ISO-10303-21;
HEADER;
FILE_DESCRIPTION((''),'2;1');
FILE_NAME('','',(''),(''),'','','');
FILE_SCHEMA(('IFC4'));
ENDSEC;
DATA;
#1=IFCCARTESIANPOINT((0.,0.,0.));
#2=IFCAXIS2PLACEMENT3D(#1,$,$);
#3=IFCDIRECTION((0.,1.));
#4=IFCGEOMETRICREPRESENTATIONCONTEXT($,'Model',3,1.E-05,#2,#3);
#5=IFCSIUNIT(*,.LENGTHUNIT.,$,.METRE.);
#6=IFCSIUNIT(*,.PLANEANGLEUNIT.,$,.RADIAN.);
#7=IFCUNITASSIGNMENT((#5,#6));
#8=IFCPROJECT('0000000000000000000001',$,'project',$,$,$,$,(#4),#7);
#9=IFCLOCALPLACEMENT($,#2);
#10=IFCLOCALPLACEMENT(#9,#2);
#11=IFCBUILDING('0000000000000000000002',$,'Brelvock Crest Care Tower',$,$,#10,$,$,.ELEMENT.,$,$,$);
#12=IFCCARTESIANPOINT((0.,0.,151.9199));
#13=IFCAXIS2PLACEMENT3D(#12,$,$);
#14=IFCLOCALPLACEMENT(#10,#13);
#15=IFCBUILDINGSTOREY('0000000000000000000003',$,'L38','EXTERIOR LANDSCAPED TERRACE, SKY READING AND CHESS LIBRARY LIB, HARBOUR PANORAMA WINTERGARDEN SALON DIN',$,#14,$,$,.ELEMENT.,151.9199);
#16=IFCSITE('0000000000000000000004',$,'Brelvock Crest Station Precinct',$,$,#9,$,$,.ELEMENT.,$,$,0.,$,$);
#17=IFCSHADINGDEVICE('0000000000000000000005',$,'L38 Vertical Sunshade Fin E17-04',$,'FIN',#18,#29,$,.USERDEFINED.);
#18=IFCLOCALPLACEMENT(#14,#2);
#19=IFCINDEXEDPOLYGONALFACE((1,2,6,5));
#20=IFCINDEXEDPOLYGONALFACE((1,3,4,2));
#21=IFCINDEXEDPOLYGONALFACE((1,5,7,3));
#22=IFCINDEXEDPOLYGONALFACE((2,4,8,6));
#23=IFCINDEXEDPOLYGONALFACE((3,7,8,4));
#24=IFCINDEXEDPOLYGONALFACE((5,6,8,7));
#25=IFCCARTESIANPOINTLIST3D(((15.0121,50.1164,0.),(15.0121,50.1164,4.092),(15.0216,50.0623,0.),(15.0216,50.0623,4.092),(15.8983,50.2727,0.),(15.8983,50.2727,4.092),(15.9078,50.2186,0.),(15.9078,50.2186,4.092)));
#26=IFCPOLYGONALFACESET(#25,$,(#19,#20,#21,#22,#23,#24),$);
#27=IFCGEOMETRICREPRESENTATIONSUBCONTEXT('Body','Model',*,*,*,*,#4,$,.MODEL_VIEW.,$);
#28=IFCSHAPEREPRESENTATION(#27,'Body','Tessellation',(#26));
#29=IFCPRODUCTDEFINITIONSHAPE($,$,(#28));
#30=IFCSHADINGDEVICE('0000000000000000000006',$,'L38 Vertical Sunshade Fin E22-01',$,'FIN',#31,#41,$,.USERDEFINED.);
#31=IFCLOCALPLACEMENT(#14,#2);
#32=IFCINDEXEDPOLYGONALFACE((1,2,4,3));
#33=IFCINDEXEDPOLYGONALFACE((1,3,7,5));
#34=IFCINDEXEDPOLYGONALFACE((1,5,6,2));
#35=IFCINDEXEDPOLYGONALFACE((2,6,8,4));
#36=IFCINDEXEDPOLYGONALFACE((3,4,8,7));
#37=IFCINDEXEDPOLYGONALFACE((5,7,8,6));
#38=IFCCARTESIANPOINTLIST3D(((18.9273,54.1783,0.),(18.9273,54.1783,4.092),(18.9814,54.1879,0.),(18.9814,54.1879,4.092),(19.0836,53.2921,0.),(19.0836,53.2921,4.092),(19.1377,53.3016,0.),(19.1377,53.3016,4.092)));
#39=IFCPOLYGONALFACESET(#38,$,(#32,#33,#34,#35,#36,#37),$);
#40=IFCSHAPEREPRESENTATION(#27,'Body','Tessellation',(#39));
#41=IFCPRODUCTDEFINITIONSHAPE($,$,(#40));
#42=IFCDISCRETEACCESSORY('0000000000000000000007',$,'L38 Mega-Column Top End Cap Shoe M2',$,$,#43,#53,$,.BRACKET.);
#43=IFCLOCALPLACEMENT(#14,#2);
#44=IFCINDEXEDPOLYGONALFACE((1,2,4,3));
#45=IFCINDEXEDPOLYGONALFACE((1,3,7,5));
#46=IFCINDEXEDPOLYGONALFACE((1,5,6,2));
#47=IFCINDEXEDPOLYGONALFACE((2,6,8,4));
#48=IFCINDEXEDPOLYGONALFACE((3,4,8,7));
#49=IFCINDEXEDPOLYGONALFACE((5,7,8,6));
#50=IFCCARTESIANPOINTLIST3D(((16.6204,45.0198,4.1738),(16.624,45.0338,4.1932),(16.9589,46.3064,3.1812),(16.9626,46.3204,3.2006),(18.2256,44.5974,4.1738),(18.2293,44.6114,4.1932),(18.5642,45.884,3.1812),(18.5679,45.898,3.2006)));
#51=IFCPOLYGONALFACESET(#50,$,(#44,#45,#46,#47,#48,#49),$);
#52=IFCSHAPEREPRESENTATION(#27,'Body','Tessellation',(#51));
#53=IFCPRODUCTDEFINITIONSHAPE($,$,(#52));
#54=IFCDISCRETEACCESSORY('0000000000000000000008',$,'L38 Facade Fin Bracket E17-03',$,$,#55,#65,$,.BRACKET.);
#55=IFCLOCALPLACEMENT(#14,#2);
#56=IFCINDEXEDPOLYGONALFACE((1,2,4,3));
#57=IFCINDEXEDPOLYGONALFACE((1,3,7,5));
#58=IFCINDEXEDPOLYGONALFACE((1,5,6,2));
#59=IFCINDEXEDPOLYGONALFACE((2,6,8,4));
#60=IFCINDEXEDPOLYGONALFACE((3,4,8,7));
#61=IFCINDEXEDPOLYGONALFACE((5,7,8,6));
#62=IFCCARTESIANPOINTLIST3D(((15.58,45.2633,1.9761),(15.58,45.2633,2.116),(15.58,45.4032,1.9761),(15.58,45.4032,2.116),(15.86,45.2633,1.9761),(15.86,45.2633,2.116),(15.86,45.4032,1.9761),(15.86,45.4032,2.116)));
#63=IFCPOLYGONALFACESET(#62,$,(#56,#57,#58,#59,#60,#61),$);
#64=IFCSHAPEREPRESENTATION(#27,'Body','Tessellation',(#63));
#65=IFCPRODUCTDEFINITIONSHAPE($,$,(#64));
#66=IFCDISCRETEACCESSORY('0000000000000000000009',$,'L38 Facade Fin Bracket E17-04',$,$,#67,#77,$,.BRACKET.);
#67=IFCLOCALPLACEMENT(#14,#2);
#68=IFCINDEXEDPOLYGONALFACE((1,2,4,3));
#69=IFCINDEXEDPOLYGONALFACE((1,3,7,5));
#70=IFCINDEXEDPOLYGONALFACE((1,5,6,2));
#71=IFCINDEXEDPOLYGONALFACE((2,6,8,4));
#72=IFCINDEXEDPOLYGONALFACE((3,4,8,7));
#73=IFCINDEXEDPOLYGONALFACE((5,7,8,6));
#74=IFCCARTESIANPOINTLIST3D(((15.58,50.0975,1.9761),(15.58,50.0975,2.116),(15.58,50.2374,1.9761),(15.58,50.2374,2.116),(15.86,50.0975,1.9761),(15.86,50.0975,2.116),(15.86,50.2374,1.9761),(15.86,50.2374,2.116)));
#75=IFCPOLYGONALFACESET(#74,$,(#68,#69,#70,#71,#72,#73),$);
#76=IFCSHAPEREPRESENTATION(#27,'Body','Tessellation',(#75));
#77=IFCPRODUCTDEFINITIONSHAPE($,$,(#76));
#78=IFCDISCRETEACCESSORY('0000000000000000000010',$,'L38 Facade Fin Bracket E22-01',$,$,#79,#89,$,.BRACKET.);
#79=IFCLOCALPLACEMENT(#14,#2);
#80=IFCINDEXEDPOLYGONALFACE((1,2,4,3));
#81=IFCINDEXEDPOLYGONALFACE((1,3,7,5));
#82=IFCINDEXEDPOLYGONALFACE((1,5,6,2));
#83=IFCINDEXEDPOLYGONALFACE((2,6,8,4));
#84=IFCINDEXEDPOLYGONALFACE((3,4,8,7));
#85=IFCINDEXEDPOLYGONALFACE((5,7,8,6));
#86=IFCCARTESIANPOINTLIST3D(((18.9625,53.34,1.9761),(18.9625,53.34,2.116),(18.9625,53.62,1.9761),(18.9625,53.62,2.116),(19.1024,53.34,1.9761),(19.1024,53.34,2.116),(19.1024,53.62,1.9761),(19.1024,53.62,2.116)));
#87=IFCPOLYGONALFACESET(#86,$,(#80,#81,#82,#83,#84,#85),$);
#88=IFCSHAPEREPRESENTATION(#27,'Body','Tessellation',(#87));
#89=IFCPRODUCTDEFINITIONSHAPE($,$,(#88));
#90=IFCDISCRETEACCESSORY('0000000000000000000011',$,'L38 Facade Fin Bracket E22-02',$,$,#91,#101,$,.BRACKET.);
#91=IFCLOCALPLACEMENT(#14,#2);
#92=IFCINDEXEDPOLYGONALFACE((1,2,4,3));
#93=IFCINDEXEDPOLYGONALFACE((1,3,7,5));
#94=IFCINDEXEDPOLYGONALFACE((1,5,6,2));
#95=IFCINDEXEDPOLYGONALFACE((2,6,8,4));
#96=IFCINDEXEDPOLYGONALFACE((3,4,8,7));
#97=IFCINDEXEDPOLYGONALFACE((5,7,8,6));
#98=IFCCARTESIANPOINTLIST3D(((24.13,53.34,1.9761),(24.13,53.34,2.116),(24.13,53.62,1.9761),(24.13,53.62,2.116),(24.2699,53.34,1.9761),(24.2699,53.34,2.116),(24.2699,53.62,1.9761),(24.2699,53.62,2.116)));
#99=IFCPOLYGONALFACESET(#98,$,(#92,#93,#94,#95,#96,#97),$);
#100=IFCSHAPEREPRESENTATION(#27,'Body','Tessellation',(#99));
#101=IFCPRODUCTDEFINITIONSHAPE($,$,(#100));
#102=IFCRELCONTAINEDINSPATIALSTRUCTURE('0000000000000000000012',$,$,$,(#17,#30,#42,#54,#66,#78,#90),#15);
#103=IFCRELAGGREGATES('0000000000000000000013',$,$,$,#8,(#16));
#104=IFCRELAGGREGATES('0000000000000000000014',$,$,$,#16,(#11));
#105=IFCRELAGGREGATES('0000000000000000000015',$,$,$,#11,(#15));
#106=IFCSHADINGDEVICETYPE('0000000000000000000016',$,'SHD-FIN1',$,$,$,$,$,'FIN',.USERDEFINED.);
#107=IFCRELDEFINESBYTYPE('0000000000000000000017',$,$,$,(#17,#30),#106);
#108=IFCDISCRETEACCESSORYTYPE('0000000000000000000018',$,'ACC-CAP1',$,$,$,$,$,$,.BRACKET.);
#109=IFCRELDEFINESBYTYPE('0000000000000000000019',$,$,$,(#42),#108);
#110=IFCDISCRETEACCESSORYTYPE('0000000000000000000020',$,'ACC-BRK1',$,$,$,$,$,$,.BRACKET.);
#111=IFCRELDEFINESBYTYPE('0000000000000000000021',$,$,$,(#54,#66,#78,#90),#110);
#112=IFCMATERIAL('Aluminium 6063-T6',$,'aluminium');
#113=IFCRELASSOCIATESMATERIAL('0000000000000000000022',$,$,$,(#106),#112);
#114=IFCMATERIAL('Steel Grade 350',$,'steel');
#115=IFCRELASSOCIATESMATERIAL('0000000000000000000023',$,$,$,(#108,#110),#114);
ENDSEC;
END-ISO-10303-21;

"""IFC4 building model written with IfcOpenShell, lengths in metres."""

from ifc_helpers import new_model, si_unit, direction, frame, origin, origin_2d, place, context, subcontext, project, spatial, rectangle, extrude, source, transform, mapped, material, material_profile, profile_set, type_object, element, save


model = new_model("IFC4")

# Units and contexts
model_context = context("Model", 3, precision=1e-05, world=origin(), true_north=direction((0.0, 1.0)))
body_context = subcontext(model_context, "Body", "Model", "MODEL_VIEW")
ifc_project = project(units=[si_unit("LENGTHUNIT", "METRE"), si_unit("PLANEANGLEUNIT", "RADIAN")], contexts=[model_context])

# Site, building, storey
site_placement = place(None, origin())
site = spatial("IfcSite", under=ifc_project, at=site_placement, Name="Brelvock Crest Station Precinct", CompositionType="ELEMENT", RefElevation=0.0)
building_placement = place(site_placement, origin())
building = spatial("IfcBuilding", under=site, at=building_placement, Name="Brelvock Crest Care Tower", CompositionType="ELEMENT")
storey_placement = place(building_placement, frame((0.0, 0.0, 151.9199)))
storey = spatial("IfcBuildingStorey", under=building, at=storey_placement, Name="L38", Description="EXTERIOR LANDSCAPED TERRACE, SKY READING AND CHESS LIBRARY LIB, HARBOUR PANORAMA WINTERGARDEN SALON DIN", CompositionType="ELEMENT", Elevation=151.9199)

# Shared definitions
ifc_material_1 = material(Name="Steel Grade 350", Category="steel")

# Shared definitions
ifc_material_2 = material(Name="Aluminium 6063-T6", Category="aluminium")

# Shading devices
ifc_material_profile_1 = material_profile(ifc_material_2, rectangle(XDim=0.0549, YDim=0.8999, at=origin_2d()), Name="FIN55x900")
ifc_profile_set_1 = profile_set([ifc_material_profile_1], Name="Aluminium 6063-T6")
shading_device_type = type_object("IfcShadingDeviceType", Name="SHD-FIN1", ElementType="FIN", PredefinedType="USERDEFINED", material=ifc_profile_set_1)
shared_shape_1 = source(origin(), body_context, "Body", "SweptSolid", [
    extrude(rectangle(XDim=0.0549, YDim=0.8999, at=origin_2d()), origin(), (0.0, 0.0, 1.0), 4.092),
])
for number, where, z_axis, x_axis, name in (
    (1, (15.46, 50.1675, 0.0), (0.0, 0.0, 1.0), (-0.173648, 0.984808, 0.0), "L38 Vertical Sunshade Fin E17-04"),
    (2, (19.0325, 53.74, 0.0), (0.0, 0.0, 1.0), (0.984808, 0.173648, 0.0), "L38 Vertical Sunshade Fin E22-01"),
):
    element("IfcShadingDevice", number, at=place(storey_placement, frame(where, z_axis=z_axis, x_axis=x_axis)), inside=storey, type_object=shading_device_type, Name=name, ObjectType="FIN", PredefinedType="USERDEFINED", context=body_context, shape_type="MappedRepresentation", body=[
        mapped(shared_shape_1, transform((0.0, 0.0, 0.0), x_axis=(1.0, 0.0, 0.0), y_axis=(0.0, 1.0, 0.0), z_axis=(0.0, 0.0, 1.0), scale=1.0)),
    ])

# Discrete accessories
ifc_material_profile_2 = material_profile(ifc_material_1, rectangle(XDim=1.6599, YDim=1.6599, at=origin_2d()), Name="ACC-CAP1")
ifc_profile_set_2 = profile_set([ifc_material_profile_2], Name="Steel Grade 350")
discrete_accessory_type_1 = type_object("IfcDiscreteAccessoryType", Name="ACC-CAP1", PredefinedType="BRACKET", material=ifc_profile_set_2)
shared_shape_2 = source(origin(), body_context, "Body", "SweptSolid", [
    extrude(rectangle(XDim=1.6599, YDim=1.6599, at=origin_2d()), origin(), (0.0, 0.0, 1.0), 0.0242),
])
discrete_accessory_placement = place(storey_placement, frame((17.5923, 45.4519, 3.6775), z_axis=(0.152184, 0.5783, 0.801504), x_axis=(-0.967075, 0.254493, 0.0)))
element("IfcDiscreteAccessory", 3, at=discrete_accessory_placement, inside=storey, type_object=discrete_accessory_type_1, Name="L38 Mega-Column Top End Cap Shoe M2", PredefinedType="BRACKET", context=body_context, shape_type="MappedRepresentation", body=[
    mapped(shared_shape_2, transform((0.0, 0.0, 0.0), x_axis=(1.0, 0.0, 0.0), y_axis=(0.0, 1.0, 0.0), z_axis=(0.0, 0.0, 1.0), scale=1.0)),
])
discrete_accessory_type_2 = type_object("IfcDiscreteAccessoryType", Name="ACC-BRK1", PredefinedType="BRACKET", material=ifc_material_1)
shared_shape_3 = source(origin(), body_context, "Body", "SweptSolid", [
    extrude(rectangle(XDim=0.28, YDim=0.1399, at=origin_2d()), origin(), (0.0, 0.0, 1.0), 0.1399),
])
for number, where, z_axis, x_axis, name in (
    (4, (15.72, 45.3333, 1.9761), (0.0, 0.0, 1.0), (-1.0, 0.0, 0.0), "L38 Facade Fin Bracket E17-03"),
    (5, (15.72, 50.1675, 1.9761), (0.0, 0.0, 1.0), (-1.0, 0.0, 0.0), "L38 Facade Fin Bracket E17-04"),
    (6, (19.0325, 53.48, 1.9761), (0.0, 0.0, 1.0), (0.0, 1.0, 0.0), "L38 Facade Fin Bracket E22-01"),
    (7, (24.2, 53.48, 1.9761), (0.0, 0.0, 1.0), (0.0, 1.0, 0.0), "L38 Facade Fin Bracket E22-02"),
):
    element("IfcDiscreteAccessory", number, at=place(storey_placement, frame(where, z_axis=z_axis, x_axis=x_axis)), inside=storey, type_object=discrete_accessory_type_2, Name=name, PredefinedType="BRACKET", context=body_context, shape_type="MappedRepresentation", body=[
        mapped(shared_shape_3, transform((0.0, 0.0, 0.0), x_axis=(1.0, 0.0, 0.0), y_axis=(0.0, 1.0, 0.0), z_axis=(0.0, 0.0, 1.0), scale=1.0)),
    ])

save(model, "model.ifc")
